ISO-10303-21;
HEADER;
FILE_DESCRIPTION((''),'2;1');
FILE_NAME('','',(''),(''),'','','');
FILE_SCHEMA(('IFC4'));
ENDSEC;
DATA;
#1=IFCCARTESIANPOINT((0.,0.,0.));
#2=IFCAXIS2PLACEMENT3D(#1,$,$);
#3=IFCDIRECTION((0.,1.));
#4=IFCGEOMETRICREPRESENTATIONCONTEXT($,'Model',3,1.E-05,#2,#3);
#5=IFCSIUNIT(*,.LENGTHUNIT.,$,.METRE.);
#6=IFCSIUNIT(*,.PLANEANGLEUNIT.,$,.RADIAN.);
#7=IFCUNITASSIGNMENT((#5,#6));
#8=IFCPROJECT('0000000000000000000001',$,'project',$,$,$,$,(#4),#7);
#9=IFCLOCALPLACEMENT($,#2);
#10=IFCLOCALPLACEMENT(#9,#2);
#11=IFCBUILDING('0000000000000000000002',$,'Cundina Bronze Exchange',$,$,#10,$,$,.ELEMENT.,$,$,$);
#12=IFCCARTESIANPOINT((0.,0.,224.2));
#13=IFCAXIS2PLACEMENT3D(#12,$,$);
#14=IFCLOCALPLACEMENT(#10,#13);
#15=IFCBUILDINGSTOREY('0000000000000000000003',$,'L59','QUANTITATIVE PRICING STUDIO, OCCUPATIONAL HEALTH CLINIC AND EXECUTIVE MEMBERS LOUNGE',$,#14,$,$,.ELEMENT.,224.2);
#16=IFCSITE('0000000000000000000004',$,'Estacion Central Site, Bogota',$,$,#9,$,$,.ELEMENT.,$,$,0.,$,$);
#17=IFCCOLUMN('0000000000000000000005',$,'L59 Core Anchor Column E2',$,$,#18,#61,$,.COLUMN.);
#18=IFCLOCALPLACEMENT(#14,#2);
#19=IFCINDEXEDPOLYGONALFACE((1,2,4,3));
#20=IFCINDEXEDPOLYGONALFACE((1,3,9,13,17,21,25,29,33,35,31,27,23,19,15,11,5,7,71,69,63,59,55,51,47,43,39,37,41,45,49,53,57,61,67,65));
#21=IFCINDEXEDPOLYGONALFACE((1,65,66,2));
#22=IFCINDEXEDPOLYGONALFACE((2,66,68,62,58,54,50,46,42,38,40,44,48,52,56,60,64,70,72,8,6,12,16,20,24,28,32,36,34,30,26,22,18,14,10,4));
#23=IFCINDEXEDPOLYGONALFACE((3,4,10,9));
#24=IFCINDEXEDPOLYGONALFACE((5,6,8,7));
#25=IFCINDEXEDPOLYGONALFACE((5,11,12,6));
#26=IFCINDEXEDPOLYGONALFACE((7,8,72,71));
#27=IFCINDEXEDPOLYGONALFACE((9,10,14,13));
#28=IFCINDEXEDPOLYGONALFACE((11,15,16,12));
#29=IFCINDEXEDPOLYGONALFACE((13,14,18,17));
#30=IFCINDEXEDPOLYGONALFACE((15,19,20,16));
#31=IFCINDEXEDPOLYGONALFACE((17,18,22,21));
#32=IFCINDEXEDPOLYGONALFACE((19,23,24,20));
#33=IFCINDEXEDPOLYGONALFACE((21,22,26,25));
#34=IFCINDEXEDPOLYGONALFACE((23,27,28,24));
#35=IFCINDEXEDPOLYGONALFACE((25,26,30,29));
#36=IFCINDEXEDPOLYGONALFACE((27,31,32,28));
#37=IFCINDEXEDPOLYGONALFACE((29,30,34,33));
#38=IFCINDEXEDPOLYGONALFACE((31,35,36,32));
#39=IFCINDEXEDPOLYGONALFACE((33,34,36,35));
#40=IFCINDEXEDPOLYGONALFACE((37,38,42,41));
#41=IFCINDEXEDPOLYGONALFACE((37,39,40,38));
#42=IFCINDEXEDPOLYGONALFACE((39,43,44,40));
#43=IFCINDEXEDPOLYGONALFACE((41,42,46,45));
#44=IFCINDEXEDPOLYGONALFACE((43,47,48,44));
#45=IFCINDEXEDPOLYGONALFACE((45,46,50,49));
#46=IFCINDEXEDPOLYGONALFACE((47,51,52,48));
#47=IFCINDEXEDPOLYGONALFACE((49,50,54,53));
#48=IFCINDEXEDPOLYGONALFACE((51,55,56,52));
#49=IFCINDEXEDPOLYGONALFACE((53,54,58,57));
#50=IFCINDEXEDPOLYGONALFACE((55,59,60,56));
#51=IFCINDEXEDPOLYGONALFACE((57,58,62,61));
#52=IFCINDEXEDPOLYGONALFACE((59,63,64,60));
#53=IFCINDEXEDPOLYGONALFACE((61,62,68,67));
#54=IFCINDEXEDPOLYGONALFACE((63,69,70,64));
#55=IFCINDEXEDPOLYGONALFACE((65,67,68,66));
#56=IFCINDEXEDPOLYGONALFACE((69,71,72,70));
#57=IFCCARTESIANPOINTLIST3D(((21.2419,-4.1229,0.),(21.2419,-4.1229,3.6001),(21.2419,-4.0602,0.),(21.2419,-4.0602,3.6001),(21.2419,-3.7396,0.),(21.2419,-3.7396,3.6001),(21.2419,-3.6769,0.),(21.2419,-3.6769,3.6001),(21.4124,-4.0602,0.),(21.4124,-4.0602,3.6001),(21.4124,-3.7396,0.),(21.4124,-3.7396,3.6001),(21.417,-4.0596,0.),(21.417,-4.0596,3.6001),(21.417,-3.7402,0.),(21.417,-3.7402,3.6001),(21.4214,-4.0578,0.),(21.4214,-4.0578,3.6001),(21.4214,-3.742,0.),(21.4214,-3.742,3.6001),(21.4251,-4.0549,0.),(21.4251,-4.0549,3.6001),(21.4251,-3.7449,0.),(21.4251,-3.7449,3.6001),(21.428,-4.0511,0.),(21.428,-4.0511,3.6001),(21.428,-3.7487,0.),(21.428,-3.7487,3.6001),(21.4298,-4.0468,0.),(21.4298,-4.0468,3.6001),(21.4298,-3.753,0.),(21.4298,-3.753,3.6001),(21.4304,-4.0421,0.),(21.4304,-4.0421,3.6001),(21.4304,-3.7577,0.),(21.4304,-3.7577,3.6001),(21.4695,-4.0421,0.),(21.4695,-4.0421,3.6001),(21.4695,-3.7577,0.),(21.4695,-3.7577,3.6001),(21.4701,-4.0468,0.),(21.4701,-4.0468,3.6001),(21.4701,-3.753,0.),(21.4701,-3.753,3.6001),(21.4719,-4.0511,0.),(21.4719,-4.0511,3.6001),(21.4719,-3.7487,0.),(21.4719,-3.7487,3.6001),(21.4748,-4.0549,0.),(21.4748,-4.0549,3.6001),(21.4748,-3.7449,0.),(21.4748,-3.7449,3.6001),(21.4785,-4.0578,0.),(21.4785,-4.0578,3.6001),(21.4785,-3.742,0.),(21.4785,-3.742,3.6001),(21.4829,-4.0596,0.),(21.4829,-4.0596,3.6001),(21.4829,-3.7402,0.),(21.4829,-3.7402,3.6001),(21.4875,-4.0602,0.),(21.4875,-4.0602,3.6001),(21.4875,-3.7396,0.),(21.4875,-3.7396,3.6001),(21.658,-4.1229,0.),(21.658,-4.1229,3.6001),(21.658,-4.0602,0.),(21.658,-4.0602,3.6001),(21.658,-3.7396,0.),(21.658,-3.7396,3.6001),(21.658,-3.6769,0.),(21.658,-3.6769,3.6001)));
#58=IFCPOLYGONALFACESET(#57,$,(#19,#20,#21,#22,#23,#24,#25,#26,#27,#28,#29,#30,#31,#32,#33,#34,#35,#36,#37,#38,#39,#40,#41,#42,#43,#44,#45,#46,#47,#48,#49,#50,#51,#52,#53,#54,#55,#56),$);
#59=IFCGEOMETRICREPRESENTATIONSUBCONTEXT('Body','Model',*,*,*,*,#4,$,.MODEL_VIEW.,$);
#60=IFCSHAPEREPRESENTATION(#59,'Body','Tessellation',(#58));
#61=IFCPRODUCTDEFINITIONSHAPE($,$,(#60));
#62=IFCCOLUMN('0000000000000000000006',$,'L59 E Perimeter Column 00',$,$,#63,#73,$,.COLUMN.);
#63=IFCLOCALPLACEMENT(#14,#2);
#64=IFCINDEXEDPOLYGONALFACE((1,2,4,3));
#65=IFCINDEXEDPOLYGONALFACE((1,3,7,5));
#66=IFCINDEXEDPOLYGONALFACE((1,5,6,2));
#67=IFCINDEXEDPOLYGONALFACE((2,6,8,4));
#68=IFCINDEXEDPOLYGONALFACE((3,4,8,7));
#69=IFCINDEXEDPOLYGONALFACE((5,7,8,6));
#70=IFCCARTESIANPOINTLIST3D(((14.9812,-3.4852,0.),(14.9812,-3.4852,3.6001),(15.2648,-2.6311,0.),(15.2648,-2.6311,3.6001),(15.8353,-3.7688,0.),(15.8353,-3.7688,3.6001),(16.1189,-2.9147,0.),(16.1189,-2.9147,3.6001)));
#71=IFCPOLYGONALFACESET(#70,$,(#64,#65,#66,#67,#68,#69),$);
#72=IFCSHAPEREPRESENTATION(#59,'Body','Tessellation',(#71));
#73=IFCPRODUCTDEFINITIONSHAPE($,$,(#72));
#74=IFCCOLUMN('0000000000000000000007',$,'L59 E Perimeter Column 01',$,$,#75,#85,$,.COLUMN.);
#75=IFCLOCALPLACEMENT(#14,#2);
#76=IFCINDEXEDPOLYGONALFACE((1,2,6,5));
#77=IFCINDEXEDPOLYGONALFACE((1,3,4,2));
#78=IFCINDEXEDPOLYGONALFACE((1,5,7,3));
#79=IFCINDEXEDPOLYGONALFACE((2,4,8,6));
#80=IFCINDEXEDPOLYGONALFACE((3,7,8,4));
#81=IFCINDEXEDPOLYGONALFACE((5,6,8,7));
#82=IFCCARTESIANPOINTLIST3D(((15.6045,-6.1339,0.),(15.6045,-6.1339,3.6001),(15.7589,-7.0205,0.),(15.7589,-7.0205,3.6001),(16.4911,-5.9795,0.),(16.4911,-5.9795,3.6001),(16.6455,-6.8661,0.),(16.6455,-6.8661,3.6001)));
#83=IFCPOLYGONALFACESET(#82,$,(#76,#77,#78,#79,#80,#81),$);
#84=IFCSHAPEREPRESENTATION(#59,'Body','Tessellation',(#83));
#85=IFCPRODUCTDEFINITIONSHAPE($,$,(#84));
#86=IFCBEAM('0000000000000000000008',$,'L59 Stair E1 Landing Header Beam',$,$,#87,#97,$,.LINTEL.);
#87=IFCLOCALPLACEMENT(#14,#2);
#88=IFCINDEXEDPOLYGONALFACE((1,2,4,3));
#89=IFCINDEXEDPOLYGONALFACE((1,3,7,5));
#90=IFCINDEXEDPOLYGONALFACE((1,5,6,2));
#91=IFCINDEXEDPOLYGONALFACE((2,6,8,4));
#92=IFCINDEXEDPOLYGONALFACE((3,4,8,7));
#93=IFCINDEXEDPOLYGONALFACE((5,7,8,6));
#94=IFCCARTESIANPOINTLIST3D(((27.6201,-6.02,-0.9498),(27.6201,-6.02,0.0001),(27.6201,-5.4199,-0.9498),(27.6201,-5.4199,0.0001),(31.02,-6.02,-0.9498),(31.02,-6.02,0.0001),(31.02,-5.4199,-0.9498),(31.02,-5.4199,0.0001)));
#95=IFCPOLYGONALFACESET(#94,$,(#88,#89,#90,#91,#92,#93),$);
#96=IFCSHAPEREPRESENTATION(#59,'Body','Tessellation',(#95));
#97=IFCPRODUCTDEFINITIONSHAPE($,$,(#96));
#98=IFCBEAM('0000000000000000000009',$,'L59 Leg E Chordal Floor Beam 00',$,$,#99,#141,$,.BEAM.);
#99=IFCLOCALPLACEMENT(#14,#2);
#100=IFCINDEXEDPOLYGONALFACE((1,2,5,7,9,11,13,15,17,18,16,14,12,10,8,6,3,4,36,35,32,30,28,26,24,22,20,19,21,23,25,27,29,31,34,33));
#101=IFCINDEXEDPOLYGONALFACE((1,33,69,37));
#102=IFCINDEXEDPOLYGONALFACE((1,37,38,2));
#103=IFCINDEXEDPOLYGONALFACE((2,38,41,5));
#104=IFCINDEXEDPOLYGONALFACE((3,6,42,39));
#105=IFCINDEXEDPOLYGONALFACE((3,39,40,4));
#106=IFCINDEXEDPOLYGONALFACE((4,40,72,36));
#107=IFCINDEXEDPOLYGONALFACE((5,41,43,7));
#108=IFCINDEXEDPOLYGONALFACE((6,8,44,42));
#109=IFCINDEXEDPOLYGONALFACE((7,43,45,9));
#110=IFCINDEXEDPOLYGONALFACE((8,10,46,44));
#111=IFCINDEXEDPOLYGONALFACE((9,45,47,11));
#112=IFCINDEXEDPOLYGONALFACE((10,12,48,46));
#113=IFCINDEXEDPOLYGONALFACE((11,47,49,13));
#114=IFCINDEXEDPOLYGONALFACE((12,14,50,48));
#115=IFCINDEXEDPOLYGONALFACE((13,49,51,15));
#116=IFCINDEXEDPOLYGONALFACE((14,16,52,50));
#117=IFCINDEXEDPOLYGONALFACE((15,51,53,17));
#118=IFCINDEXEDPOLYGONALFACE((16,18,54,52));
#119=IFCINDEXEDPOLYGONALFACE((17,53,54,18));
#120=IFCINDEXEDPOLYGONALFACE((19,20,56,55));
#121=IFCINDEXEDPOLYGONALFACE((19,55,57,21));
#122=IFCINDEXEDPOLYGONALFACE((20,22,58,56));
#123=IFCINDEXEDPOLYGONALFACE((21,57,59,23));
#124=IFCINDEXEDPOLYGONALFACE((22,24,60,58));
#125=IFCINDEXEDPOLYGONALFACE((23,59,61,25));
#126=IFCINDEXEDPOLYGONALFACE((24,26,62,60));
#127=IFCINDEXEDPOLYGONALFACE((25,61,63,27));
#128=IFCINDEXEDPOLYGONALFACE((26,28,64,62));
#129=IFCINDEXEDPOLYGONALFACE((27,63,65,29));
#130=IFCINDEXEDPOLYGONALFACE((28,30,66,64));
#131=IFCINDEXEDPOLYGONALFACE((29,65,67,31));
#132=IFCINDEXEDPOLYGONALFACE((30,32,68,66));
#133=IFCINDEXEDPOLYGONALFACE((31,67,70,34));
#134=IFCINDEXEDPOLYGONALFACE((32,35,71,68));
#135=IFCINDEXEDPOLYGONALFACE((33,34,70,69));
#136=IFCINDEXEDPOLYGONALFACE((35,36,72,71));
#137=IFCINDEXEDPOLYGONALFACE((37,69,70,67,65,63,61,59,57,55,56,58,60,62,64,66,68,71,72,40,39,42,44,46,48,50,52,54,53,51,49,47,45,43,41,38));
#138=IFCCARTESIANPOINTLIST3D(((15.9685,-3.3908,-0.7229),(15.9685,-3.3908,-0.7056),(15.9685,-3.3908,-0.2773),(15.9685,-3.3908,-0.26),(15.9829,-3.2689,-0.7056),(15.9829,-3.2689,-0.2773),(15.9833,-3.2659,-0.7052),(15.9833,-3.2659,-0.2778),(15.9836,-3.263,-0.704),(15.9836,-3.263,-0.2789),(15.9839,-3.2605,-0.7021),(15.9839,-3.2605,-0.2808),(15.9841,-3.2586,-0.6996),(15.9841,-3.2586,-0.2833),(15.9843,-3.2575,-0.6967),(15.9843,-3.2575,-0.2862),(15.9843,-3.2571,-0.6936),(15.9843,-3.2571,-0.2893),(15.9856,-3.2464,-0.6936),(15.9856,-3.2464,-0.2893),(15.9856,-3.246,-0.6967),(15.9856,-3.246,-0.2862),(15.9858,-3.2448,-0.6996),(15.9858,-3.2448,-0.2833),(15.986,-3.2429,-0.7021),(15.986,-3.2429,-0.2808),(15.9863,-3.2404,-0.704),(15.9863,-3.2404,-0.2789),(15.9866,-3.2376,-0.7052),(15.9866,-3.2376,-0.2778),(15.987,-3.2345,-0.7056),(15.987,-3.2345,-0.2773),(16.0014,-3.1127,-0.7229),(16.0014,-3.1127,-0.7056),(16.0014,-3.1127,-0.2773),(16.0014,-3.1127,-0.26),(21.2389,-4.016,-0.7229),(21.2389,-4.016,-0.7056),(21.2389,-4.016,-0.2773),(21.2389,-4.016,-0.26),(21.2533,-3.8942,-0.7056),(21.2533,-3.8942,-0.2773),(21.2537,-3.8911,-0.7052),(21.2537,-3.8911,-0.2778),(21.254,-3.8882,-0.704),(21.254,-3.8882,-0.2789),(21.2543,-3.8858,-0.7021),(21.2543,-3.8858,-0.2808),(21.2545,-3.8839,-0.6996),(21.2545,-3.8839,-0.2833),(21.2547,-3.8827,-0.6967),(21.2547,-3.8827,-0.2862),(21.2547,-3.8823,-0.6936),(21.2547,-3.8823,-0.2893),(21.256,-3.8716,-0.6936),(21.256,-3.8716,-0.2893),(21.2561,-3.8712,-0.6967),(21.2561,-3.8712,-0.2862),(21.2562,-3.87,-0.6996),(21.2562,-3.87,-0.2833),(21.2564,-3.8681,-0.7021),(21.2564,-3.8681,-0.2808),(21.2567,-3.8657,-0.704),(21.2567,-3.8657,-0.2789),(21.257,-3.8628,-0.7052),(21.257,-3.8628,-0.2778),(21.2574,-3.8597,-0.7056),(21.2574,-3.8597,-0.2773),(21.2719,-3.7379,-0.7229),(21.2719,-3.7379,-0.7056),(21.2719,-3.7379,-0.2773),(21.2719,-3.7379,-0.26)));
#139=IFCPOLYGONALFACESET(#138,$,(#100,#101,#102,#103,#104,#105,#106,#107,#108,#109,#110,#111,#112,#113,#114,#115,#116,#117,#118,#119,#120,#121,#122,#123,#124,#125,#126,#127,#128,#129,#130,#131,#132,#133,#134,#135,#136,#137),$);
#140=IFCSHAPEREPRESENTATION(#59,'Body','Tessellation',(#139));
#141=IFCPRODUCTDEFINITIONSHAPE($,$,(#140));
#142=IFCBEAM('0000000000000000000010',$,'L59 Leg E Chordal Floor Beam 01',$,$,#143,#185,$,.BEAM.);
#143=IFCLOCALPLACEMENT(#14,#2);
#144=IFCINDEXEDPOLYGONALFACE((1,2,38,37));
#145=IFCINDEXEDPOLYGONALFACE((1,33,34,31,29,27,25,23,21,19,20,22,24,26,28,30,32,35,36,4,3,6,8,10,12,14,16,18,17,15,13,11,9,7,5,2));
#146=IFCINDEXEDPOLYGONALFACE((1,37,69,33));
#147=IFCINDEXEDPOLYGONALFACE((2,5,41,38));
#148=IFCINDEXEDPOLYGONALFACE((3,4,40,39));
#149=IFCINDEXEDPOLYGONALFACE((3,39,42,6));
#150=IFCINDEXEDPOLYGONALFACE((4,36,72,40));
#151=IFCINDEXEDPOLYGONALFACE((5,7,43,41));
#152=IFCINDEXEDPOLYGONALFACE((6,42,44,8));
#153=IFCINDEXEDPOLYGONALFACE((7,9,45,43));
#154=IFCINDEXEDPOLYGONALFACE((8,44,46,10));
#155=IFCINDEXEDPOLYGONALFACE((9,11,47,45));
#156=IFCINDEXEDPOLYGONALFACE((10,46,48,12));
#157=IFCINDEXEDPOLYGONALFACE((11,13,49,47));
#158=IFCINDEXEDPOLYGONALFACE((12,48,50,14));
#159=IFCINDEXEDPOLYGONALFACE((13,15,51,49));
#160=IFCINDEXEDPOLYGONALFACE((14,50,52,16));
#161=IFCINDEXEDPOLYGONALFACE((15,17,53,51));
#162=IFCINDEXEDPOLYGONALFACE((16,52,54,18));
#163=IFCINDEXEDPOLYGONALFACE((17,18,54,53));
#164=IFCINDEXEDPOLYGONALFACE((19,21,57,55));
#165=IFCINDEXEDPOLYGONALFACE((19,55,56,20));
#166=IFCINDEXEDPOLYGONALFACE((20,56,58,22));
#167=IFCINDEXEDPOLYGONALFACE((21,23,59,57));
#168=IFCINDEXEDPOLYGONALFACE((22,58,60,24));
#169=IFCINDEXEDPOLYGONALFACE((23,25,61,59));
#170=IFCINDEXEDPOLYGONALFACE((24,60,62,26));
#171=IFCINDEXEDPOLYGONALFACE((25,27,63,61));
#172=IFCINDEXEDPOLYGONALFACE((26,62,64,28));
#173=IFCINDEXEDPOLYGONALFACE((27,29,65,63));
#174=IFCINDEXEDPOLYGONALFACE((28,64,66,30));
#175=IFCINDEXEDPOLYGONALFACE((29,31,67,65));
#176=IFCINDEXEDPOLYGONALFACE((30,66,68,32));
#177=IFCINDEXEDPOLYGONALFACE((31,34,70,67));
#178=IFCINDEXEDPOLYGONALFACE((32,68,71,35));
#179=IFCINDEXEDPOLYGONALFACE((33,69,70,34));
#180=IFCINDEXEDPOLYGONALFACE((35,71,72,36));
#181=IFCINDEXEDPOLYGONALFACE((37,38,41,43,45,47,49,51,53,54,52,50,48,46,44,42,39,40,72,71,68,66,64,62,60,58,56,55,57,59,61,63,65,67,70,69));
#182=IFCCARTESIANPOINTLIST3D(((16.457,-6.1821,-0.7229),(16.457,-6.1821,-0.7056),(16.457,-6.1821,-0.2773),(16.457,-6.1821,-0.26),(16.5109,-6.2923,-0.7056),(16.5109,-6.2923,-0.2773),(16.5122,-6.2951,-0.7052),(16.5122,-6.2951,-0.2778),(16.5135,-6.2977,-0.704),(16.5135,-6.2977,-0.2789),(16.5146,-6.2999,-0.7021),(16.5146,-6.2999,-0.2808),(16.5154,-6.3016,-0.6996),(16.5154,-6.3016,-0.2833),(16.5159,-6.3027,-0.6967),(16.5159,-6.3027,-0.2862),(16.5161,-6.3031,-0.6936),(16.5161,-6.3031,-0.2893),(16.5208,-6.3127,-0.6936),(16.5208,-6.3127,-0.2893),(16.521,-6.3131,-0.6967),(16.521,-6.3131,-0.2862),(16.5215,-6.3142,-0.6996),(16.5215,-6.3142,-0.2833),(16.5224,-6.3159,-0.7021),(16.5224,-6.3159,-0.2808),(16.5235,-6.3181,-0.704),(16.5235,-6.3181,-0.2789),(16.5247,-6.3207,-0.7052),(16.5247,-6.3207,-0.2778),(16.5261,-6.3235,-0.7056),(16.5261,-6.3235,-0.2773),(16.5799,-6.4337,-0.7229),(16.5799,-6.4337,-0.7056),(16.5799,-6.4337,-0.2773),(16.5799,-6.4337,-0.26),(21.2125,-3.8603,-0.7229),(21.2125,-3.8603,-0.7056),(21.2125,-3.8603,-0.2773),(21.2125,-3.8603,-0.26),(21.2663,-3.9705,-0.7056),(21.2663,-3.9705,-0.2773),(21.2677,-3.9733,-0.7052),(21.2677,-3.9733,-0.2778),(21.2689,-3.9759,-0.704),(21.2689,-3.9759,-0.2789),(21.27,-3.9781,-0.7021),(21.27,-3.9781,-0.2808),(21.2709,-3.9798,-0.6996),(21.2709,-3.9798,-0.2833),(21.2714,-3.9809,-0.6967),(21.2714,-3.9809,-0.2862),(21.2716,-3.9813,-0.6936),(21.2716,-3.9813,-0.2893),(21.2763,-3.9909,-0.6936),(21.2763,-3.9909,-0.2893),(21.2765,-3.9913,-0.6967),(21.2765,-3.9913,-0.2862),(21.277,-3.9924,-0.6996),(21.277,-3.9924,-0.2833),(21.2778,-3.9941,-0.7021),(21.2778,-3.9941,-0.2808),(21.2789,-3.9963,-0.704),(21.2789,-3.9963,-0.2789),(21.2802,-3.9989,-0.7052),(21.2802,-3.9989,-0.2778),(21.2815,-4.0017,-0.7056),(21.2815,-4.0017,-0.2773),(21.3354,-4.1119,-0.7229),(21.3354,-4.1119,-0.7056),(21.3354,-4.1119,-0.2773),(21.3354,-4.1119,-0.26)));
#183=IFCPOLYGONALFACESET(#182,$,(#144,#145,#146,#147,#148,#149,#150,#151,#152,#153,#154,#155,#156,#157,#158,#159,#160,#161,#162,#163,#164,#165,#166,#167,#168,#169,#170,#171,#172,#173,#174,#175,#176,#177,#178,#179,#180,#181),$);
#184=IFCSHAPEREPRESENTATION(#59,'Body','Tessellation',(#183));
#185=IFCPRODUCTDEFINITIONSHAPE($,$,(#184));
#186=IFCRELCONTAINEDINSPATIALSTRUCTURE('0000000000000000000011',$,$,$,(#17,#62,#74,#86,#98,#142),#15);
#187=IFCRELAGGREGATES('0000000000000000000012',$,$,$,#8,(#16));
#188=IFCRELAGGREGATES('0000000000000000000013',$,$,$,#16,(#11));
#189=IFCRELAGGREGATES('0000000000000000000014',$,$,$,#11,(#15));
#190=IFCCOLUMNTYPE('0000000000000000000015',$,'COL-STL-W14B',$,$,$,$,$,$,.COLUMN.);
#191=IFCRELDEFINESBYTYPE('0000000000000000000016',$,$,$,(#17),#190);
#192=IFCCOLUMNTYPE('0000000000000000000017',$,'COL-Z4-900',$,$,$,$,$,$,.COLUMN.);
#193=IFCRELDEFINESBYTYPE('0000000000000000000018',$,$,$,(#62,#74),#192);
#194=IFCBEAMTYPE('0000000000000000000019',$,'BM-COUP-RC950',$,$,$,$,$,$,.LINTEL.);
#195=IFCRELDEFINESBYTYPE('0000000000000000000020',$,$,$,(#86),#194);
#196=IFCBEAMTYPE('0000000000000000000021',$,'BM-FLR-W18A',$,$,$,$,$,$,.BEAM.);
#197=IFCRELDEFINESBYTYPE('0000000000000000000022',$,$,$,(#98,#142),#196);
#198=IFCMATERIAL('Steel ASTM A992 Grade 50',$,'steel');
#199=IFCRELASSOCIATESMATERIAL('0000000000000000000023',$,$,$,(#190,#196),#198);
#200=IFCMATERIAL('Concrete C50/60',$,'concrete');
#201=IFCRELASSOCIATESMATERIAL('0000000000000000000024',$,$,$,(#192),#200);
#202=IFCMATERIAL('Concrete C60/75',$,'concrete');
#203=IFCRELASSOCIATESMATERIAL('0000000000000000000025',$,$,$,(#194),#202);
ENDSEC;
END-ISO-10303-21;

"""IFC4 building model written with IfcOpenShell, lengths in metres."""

from ifc_helpers import new_model, si_unit, direction, frame, origin, origin_2d, place, context, subcontext, project, spatial, rectangle, i_section, extrude, material, material_profile, profile_set, type_object, element, save


model = new_model("IFC4")

# Units and contexts
model_context = context("Model", 3, precision=1e-05, world=origin(), true_north=direction((0.0, 1.0)))
body_context = subcontext(model_context, "Body", "Model", "MODEL_VIEW")
ifc_project = project(units=[si_unit("LENGTHUNIT", "METRE"), si_unit("PLANEANGLEUNIT", "RADIAN")], contexts=[model_context])

# Site, building, storey
site_placement = place(None, origin())
site = spatial("IfcSite", under=ifc_project, at=site_placement, Name="Estacion Central Site, Bogota", CompositionType="ELEMENT", RefElevation=0.0)
building_placement = place(site_placement, origin())
building = spatial("IfcBuilding", under=site, at=building_placement, Name="Cundina Bronze Exchange", CompositionType="ELEMENT")
storey_placement = place(building_placement, frame((0.0, 0.0, 224.2)))
storey = spatial("IfcBuildingStorey", under=building, at=storey_placement, Name="L59", Description="QUANTITATIVE PRICING STUDIO, OCCUPATIONAL HEALTH CLINIC AND EXECUTIVE MEMBERS LOUNGE", CompositionType="ELEMENT", Elevation=224.2)

# Columns
ifc_material_1 = material(Name="Steel ASTM A992 Grade 50", Category="steel")
ifc_material_profile_1 = material_profile(ifc_material_1, i_section(OverallWidth=0.416, OverallDepth=0.446, WebThickness=0.0391, FlangeThickness=0.0627, FilletRadius=0.0181, at=origin_2d()), Name="W14X342", Category="steel")
ifc_profile_set_1 = profile_set([ifc_material_profile_1], Name="Steel ASTM A992 Grade 50")
column_type_1 = type_object("IfcColumnType", Name="COL-STL-W14B", PredefinedType="COLUMN", material=ifc_profile_set_1)
column_placement = place(storey_placement, frame((21.45, -3.8999, 0.0), z_axis=(0.0, 0.0, 1.0), x_axis=(1.0, 0.0, 0.0)))
element("IfcColumn", 1, at=column_placement, inside=storey, type_object=column_type_1, Name="L59 Core Anchor Column E2", PredefinedType="COLUMN", context=body_context, shape_type="SweptSolid", body=[
    extrude(i_section(OverallWidth=0.416, OverallDepth=0.446, WebThickness=0.0391, FlangeThickness=0.0627, FilletRadius=0.0181, at=origin_2d()), origin(), (0.0, 0.0, 1.0), 3.6001),
])
ifc_material_2 = material(Name="Concrete C50/60", Category="concrete")
ifc_material_profile_2 = material_profile(ifc_material_2, rectangle(XDim=0.8999, YDim=0.8999, at=origin_2d()), Name="RC900X900", Category="concrete")
ifc_profile_set_2 = profile_set([ifc_material_profile_2], Name="Concrete C50/60")
column_type_2 = type_object("IfcColumnType", Name="COL-Z4-900", PredefinedType="COLUMN", material=ifc_profile_set_2)
for number, where, z_axis, x_axis, name in (
    (2, (15.55, -3.2, 0.0), (0.0, 0.0, 1.0), (-0.315152, -0.949041, 0.0), "L59 E Perimeter Column 00"),
    (3, (16.125, -6.5, 0.0), (0.0, 0.0, 1.0), (0.171585, -0.985169, 0.0), "L59 E Perimeter Column 01"),
):
    element("IfcColumn", number, at=place(storey_placement, frame(where, z_axis=z_axis, x_axis=x_axis)), inside=storey, type_object=column_type_2, Name=name, PredefinedType="COLUMN", context=body_context, shape_type="SweptSolid", body=[
        extrude(rectangle(XDim=0.8999, YDim=0.8999, at=origin_2d()), origin(), (0.0, 0.0, 1.0), 3.6001),
    ])

# Beams
ifc_material_3 = material(Name="Concrete C60/75", Category="concrete")
ifc_material_profile_3 = material_profile(ifc_material_3, rectangle(XDim=0.6001, YDim=0.95, at=origin_2d()), Name="RC600X950", Category="concrete")
ifc_profile_set_3 = profile_set([ifc_material_profile_3], Name="Concrete C60/75")
beam_type_1 = type_object("IfcBeamType", Name="BM-COUP-RC950", PredefinedType="LINTEL", material=ifc_profile_set_3)
beam_1_placement = place(storey_placement, frame((27.6201, -5.72, -0.4749), z_axis=(1.0, 0.0, 0.0), x_axis=(0.0, 1.0, 0.0)))
element("IfcBeam", 4, at=beam_1_placement, inside=storey, type_object=beam_type_1, Name="L59 Stair E1 Landing Header Beam", PredefinedType="LINTEL", context=body_context, shape_type="SweptSolid", body=[
    extrude(rectangle(XDim=0.6001, YDim=0.95, at=origin_2d()), origin(), (0.0, 0.0, 1.0), 3.3999),
])
ifc_material_profile_4 = material_profile(ifc_material_1, i_section(OverallWidth=0.28, OverallDepth=0.4629, WebThickness=0.0107, FlangeThickness=0.0173, FilletRadius=0.012, at=origin_2d()), Name="W18X76", Category="steel")
ifc_profile_set_4 = profile_set([ifc_material_profile_4], Name="Steel ASTM A992 Grade 50")
beam_type_2 = type_object("IfcBeamType", Name="BM-FLR-W18A", PredefinedType="BEAM", material=ifc_profile_set_4)
beam_2_placement = place(storey_placement, frame((21.2554, -3.877, -0.4915), z_axis=(-0.993037, 0.117805, 0.0), x_axis=(-0.117805, -0.993037, 0.0)))
element("IfcBeam", 5, at=beam_2_placement, inside=storey, type_object=beam_type_2, Name="L59 Leg E Chordal Floor Beam 00", PredefinedType="BEAM", context=body_context, shape_type="SweptSolid", body=[
    extrude(i_section(OverallWidth=0.28, OverallDepth=0.4629, WebThickness=0.0107, FlangeThickness=0.0173, FilletRadius=0.012, at=origin_2d()), origin(), (0.0, 0.0, 1.0), 5.3074),
])
beam_3_placement = place(storey_placement, frame((21.2739, -3.9861, -0.4915), z_axis=(-0.898613, -0.438742, 0.0), x_axis=(0.438742, -0.898613, 0.0)))
element("IfcBeam", 6, at=beam_3_placement, inside=storey, type_object=beam_type_2, Name="L59 Leg E Chordal Floor Beam 01", PredefinedType="BEAM", context=body_context, shape_type="SweptSolid", body=[
    extrude(i_section(OverallWidth=0.28, OverallDepth=0.4629, WebThickness=0.0107, FlangeThickness=0.0173, FilletRadius=0.012, at=origin_2d()), origin(), (0.0, 0.0, 1.0), 5.292),
])

save(model, "model.ifc")
